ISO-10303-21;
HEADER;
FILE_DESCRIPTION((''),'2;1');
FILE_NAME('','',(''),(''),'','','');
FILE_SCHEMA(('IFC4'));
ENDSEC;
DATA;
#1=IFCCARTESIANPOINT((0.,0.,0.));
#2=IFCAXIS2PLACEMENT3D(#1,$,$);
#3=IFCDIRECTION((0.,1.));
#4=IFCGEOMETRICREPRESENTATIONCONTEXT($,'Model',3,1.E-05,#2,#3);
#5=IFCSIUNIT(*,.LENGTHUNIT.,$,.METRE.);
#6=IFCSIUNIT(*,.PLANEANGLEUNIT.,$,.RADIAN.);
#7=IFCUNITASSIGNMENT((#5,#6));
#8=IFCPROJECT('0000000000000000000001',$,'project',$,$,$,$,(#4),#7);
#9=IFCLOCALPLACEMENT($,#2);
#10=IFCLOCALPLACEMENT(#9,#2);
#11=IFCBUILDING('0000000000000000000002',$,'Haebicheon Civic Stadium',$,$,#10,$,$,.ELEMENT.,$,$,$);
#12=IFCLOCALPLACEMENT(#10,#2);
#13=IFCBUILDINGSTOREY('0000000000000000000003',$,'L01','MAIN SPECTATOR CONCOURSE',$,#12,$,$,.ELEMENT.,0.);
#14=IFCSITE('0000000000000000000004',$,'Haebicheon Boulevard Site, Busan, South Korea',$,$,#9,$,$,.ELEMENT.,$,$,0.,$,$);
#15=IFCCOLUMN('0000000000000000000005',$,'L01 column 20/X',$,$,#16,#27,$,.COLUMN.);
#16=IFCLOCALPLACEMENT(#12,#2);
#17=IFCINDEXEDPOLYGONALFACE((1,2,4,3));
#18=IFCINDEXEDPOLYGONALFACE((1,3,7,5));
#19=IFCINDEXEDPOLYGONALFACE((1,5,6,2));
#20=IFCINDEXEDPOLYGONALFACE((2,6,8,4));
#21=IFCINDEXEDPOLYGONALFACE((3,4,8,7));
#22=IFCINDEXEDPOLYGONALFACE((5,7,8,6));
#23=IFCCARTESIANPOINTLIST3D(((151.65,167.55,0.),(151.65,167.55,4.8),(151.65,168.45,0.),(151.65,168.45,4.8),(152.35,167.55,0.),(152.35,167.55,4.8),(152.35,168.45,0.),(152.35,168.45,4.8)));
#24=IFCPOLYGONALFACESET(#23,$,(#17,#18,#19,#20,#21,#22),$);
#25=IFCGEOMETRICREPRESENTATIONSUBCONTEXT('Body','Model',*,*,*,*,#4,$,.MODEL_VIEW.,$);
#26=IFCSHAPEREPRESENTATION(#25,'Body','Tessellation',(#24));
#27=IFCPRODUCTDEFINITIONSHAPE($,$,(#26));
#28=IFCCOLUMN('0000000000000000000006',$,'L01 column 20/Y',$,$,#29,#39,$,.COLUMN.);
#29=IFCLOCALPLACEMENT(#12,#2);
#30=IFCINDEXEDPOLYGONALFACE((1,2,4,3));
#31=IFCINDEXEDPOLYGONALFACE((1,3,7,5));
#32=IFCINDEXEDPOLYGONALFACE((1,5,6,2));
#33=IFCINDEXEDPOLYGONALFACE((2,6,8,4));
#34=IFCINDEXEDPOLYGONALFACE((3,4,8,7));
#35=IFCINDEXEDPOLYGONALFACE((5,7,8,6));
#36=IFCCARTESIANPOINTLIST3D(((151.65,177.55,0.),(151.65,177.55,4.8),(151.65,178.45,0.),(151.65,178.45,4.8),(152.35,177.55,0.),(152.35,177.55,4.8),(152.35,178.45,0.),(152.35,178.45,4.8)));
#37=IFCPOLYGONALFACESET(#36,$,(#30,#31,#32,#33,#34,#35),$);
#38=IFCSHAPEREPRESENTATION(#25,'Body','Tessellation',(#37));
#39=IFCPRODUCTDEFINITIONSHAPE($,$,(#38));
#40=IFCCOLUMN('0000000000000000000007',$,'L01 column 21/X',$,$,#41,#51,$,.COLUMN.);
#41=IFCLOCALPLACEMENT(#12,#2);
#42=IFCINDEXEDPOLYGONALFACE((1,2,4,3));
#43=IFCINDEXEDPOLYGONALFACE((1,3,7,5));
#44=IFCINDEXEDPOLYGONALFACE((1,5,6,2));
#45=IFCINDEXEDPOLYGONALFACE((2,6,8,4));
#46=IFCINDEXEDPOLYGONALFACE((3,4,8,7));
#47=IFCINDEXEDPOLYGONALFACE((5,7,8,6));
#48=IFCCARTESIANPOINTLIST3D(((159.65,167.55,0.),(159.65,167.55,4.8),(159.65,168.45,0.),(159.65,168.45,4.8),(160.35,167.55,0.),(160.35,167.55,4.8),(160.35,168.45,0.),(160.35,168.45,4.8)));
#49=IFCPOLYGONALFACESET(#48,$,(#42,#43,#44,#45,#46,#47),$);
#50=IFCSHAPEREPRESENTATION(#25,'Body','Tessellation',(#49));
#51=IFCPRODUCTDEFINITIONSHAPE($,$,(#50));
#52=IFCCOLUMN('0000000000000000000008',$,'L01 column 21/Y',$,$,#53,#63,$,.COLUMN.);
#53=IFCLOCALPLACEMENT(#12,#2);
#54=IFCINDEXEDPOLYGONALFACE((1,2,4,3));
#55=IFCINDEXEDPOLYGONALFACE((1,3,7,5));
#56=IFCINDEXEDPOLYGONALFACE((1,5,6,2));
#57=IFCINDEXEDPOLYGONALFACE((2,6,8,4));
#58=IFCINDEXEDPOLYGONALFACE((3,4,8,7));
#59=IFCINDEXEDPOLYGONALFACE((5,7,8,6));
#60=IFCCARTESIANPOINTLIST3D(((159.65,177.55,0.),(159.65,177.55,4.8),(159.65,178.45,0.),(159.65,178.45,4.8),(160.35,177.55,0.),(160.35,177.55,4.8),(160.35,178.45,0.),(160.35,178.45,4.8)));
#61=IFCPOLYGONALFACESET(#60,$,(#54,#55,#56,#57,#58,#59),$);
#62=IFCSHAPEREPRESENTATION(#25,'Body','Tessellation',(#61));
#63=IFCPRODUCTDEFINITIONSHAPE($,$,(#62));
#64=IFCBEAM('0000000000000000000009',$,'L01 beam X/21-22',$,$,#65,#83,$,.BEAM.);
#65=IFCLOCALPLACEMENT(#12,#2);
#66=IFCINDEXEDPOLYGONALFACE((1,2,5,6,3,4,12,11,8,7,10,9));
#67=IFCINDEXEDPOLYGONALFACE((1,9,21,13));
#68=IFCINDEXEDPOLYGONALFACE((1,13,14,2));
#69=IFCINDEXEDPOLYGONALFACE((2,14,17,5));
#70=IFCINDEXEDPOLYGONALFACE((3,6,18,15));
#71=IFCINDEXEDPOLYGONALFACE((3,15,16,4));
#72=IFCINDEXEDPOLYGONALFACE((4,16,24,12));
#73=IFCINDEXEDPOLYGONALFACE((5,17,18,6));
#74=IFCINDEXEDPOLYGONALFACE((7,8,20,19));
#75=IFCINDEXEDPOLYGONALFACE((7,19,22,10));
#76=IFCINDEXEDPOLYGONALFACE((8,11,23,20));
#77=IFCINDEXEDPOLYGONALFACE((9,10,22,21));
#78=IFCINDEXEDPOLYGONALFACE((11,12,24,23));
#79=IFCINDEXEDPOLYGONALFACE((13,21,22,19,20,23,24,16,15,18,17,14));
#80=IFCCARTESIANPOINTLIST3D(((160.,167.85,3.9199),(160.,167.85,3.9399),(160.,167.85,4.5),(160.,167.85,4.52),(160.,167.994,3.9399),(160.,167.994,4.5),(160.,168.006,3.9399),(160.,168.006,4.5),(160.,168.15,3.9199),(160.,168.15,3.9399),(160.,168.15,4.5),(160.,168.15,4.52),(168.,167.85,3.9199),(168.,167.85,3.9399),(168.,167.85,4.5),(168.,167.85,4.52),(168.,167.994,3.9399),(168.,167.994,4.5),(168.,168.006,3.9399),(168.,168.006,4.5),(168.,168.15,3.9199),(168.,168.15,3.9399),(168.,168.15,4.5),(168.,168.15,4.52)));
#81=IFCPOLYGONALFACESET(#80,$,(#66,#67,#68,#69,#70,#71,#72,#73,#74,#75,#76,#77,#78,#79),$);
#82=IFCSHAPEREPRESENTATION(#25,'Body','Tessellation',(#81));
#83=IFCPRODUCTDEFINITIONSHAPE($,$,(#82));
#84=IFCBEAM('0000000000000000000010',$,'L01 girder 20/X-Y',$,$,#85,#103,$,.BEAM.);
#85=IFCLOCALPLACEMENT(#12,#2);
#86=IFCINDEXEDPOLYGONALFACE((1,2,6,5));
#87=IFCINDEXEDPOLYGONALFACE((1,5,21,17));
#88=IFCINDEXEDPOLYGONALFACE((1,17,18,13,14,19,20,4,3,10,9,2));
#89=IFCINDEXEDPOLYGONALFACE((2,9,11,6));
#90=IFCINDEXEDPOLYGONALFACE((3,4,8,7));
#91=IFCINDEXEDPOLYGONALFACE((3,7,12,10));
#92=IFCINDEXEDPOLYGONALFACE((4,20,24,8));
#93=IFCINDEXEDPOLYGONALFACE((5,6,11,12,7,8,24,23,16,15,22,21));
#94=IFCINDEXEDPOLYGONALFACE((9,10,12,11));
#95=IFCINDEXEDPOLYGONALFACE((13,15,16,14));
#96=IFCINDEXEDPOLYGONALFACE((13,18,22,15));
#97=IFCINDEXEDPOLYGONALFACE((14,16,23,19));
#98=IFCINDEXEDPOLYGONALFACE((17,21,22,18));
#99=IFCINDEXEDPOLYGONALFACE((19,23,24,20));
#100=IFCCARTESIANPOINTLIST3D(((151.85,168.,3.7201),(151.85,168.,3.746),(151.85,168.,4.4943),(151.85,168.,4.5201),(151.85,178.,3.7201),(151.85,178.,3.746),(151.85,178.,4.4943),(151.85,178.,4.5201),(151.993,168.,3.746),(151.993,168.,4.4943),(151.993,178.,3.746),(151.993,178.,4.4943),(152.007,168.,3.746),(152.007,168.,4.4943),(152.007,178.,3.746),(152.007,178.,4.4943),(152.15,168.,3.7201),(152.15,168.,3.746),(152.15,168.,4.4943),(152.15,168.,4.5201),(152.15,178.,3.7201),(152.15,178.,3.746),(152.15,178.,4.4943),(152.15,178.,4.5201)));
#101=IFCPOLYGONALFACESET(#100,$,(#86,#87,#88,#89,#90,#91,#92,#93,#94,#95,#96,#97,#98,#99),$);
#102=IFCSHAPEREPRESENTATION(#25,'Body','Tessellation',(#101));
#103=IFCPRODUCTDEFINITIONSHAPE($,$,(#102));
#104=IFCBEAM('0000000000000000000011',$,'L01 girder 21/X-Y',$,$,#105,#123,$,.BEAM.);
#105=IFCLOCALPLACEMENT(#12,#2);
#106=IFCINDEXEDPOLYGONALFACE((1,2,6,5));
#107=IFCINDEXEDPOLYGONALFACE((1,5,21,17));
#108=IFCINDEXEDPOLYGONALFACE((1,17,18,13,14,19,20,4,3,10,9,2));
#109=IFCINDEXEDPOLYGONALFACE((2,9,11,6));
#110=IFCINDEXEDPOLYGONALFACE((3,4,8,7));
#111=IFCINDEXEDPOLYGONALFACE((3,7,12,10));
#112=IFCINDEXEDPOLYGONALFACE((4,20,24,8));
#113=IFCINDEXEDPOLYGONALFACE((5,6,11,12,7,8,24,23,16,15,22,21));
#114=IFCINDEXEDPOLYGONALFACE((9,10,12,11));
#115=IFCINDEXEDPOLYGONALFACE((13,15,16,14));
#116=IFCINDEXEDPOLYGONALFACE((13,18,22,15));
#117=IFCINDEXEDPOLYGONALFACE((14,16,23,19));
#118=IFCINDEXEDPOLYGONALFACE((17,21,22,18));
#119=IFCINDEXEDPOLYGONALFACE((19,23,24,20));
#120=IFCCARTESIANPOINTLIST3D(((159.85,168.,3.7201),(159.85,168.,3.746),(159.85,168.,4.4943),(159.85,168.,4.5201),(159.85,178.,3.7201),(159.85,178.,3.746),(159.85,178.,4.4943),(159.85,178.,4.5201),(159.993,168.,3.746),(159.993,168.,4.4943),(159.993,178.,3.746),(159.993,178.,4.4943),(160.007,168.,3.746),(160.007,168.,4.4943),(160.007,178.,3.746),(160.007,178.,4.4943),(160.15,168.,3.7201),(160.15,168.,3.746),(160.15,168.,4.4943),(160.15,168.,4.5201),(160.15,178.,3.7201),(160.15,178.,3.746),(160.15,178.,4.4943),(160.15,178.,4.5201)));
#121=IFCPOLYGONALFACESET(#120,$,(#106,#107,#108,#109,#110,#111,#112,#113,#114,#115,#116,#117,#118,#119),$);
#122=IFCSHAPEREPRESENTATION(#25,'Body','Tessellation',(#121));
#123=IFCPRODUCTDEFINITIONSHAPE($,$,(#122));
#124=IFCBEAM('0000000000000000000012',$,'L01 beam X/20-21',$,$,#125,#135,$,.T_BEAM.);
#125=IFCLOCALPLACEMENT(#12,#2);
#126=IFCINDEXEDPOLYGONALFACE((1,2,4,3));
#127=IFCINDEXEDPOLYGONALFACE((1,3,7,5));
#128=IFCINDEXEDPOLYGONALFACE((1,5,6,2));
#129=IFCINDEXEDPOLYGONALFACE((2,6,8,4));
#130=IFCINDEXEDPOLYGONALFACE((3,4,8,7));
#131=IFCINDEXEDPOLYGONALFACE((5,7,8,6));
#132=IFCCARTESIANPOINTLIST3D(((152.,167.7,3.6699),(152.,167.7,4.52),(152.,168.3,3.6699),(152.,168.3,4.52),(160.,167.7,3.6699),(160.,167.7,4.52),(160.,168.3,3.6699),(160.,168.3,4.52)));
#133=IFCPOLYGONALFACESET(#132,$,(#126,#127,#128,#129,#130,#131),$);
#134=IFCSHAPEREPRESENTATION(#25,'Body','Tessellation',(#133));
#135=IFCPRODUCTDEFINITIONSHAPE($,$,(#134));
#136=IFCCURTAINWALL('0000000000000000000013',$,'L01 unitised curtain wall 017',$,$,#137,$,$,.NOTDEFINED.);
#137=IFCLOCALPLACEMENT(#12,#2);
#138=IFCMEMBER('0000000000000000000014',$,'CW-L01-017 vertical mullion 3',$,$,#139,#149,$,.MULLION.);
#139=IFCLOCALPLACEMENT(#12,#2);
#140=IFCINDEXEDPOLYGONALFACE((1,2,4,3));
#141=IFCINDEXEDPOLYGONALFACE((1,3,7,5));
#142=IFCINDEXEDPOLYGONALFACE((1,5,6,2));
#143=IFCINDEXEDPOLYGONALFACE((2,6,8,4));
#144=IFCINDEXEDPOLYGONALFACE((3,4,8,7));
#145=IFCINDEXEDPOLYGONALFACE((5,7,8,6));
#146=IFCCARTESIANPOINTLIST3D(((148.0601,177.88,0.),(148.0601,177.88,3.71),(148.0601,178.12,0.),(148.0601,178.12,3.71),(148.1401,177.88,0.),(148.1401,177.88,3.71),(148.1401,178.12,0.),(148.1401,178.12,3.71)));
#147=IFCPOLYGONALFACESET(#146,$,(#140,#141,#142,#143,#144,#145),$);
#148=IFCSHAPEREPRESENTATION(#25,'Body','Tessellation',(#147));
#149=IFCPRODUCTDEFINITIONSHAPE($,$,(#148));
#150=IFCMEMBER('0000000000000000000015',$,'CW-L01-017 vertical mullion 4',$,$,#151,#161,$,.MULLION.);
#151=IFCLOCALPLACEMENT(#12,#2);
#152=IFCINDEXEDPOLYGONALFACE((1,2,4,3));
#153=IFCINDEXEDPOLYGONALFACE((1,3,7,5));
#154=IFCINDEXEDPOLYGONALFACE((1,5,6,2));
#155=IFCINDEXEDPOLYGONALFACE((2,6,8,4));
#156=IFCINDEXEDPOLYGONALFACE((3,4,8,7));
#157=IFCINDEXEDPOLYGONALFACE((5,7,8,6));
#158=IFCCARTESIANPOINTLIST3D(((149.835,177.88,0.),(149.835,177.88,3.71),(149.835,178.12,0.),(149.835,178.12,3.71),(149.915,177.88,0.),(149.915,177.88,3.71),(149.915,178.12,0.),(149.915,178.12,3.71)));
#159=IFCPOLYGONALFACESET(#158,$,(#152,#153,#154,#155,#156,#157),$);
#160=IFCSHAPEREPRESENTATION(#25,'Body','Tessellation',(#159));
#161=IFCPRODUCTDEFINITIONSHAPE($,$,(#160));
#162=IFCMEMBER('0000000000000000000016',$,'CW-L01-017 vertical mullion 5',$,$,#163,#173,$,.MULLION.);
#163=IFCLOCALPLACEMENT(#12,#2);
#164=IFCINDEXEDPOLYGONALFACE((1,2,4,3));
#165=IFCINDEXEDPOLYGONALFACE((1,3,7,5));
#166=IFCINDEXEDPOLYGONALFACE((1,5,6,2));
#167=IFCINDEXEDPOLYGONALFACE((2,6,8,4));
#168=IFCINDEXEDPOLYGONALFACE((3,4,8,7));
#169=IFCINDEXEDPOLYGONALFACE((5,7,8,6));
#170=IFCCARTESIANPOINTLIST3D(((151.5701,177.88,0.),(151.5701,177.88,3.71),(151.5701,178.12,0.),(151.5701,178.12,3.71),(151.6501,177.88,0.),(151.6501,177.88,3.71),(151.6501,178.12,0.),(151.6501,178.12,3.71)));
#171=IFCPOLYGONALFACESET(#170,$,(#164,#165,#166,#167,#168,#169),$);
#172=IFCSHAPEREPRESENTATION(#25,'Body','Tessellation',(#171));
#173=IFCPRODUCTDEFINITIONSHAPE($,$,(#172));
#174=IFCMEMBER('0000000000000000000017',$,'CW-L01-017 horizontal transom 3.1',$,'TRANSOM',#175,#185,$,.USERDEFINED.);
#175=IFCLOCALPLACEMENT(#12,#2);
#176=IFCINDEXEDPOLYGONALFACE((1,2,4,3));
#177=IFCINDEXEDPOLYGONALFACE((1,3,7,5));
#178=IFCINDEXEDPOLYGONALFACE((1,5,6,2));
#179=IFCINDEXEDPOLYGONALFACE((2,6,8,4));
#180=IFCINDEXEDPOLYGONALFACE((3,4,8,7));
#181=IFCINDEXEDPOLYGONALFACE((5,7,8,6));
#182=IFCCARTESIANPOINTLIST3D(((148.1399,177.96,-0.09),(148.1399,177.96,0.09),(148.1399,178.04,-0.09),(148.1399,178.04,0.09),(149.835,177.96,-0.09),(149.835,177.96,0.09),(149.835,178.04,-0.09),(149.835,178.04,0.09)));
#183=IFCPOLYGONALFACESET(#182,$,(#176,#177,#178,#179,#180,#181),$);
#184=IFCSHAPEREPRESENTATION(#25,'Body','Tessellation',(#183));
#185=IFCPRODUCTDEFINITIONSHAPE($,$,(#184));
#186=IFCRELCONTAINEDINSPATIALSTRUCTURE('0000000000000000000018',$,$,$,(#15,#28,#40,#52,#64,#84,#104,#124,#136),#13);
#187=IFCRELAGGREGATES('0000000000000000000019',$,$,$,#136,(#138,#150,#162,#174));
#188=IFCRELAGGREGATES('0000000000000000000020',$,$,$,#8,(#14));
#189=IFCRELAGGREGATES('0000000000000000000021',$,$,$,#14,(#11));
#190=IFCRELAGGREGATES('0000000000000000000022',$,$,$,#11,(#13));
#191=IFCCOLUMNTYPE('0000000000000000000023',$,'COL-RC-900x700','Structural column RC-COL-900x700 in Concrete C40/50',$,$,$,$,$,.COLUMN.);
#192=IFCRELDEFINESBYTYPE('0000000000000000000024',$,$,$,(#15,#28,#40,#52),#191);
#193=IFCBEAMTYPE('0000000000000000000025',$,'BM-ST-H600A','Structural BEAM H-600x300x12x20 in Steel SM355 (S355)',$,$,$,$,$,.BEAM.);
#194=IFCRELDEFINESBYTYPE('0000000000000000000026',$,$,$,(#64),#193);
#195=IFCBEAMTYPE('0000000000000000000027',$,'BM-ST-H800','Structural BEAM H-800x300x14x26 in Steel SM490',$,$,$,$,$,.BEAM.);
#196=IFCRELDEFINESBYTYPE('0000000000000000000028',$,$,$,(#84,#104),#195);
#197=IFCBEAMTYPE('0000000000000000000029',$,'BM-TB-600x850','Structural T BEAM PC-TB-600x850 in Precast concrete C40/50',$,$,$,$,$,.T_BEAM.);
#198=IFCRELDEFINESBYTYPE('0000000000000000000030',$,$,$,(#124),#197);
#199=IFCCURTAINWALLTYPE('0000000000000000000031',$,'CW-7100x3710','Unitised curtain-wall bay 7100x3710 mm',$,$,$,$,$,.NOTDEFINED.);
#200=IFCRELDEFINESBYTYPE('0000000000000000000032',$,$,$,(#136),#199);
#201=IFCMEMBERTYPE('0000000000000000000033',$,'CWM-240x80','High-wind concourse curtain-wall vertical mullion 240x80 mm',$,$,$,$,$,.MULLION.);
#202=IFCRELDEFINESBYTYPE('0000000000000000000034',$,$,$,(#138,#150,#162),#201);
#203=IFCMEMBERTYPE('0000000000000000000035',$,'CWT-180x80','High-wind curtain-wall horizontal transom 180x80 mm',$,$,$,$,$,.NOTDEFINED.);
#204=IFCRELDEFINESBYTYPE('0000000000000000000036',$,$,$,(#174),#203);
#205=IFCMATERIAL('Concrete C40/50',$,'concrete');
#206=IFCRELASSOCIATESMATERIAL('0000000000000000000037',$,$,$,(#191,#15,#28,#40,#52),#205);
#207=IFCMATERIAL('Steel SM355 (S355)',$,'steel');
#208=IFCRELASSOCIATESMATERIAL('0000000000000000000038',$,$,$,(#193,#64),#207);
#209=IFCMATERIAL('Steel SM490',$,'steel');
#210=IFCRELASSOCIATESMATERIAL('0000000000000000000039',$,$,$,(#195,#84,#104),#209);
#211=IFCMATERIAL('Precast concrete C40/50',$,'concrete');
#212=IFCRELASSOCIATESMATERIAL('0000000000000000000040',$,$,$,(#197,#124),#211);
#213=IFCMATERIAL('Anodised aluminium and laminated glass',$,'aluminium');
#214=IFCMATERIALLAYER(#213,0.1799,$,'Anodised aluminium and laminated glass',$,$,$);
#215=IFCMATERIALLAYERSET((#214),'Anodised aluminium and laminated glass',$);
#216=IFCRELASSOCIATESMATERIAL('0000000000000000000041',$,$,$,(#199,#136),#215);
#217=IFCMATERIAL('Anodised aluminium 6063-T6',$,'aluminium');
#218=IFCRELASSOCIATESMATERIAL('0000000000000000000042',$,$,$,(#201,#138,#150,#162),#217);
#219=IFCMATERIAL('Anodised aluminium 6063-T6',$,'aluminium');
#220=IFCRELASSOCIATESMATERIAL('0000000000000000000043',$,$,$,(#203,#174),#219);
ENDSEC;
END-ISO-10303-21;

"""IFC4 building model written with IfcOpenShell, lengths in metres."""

from ifc_helpers import new_model, si_unit, direction, frame, origin, origin_2d, place, context, subcontext, project, spatial, rectangle, i_section, extrude, material, layer, layer_set, material_profile, profile_set, type_object, element, aggregate, save


model = new_model("IFC4")

# Units and contexts
model_context = context("Model", 3, precision=1e-05, world=origin(), true_north=direction((0.0, 1.0)))
body_context = subcontext(model_context, "Body", "Model", "MODEL_VIEW")
ifc_project = project(units=[si_unit("LENGTHUNIT", "METRE"), si_unit("PLANEANGLEUNIT", "RADIAN")], contexts=[model_context])

# Site, building, storey
site_placement = place(None, origin())
site = spatial("IfcSite", under=ifc_project, at=site_placement, Name="Haebicheon Boulevard Site, Busan, South Korea", CompositionType="ELEMENT", RefElevation=0.0)
building_placement = place(site_placement, origin())
building = spatial("IfcBuilding", under=site, at=building_placement, Name="Haebicheon Civic Stadium", CompositionType="ELEMENT")
storey_placement = place(building_placement, origin())
storey = spatial("IfcBuildingStorey", under=building, at=storey_placement, Name="L01", Description="MAIN SPECTATOR CONCOURSE", CompositionType="ELEMENT", Elevation=0.0)

# Columns
ifc_material_1 = material(Name="Concrete C40/50", Category="concrete")
ifc_material_profile_1 = material_profile(ifc_material_1, rectangle(XDim=0.7, YDim=0.8999, at=origin_2d()), Name="RC-COL-900x700")
ifc_profile_set_1 = profile_set([ifc_material_profile_1], Name="Concrete C40/50")
column_type = type_object("IfcColumnType", Name="COL-RC-900x700", Description="Structural column RC-COL-900x700 in Concrete C40/50", PredefinedType="COLUMN", material=ifc_profile_set_1)
for number, where, z_axis, x_axis, name in (
    (1, (152.0, 168.0, 0.0), (0.0, 0.0, 1.0), (1.0, 0.0, 0.0), "L01 column 20/X"),
    (2, (152.0, 178.0, 0.0), (0.0, 0.0, 1.0), (1.0, 0.0, 0.0), "L01 column 20/Y"),
    (3, (160.0, 168.0, 0.0), (0.0, 0.0, 1.0), (1.0, 0.0, 0.0), "L01 column 21/X"),
    (4, (160.0, 178.0, 0.0), (0.0, 0.0, 1.0), (1.0, 0.0, 0.0), "L01 column 21/Y"),
):
    element("IfcColumn", number, at=place(storey_placement, frame(where, z_axis=z_axis, x_axis=x_axis)), inside=storey, type_object=column_type, material=ifc_profile_set_1, Name=name, PredefinedType="COLUMN", context=body_context, shape_type="SweptSolid", body=[
        extrude(rectangle(XDim=0.7, YDim=0.8999, at=origin_2d()), origin(), (0.0, 0.0, 1.0), 4.8),
    ])

# Beams
ifc_material_2 = material(Name="Steel SM355 (S355)", Category="steel")
ifc_material_profile_2 = material_profile(ifc_material_2, i_section(OverallWidth=0.3, OverallDepth=0.6001, WebThickness=0.012, FlangeThickness=0.02, at=origin_2d()), Name="H-600x300x12x20")
ifc_profile_set_2 = profile_set([ifc_material_profile_2], Name="Steel SM355 (S355)")
beam_type_1 = type_object("IfcBeamType", Name="BM-ST-H600A", Description="Structural BEAM H-600x300x12x20 in Steel SM355 (S355)", PredefinedType="BEAM", material=ifc_profile_set_2)
beam_1_placement = place(storey_placement, frame((160.0, 168.0, 4.22), z_axis=(1.0, 0.0, 0.0), x_axis=(0.0, 1.0, 0.0)))
element("IfcBeam", 5, at=beam_1_placement, inside=storey, type_object=beam_type_1, material=ifc_profile_set_2, Name="L01 beam X/21-22", PredefinedType="BEAM", context=body_context, shape_type="SweptSolid", body=[
    extrude(i_section(OverallWidth=0.3, OverallDepth=0.6001, WebThickness=0.012, FlangeThickness=0.02, at=origin_2d()), origin(), (0.0, 0.0, 1.0), 8.0),
])
ifc_material_3 = material(Name="Steel SM490", Category="steel")
ifc_material_profile_3 = material_profile(ifc_material_3, i_section(OverallWidth=0.3, OverallDepth=0.8, WebThickness=0.0139, FlangeThickness=0.0259, at=origin_2d()), Name="H-800x300x14x26")
ifc_profile_set_3 = profile_set([ifc_material_profile_3], Name="Steel SM490")
beam_type_2 = type_object("IfcBeamType", Name="BM-ST-H800", Description="Structural BEAM H-800x300x14x26 in Steel SM490", PredefinedType="BEAM", material=ifc_profile_set_3)
for number, where, z_axis, x_axis, name in (
    (6, (152.0, 168.0, 4.1201), (0.0, 1.0, 0.0), (-1.0, 0.0, 0.0), "L01 girder 20/X-Y"),
    (7, (160.0, 168.0, 4.1201), (0.0, 1.0, 0.0), (-1.0, 0.0, 0.0), "L01 girder 21/X-Y"),
):
    element("IfcBeam", number, at=place(storey_placement, frame(where, z_axis=z_axis, x_axis=x_axis)), inside=storey, type_object=beam_type_2, material=ifc_profile_set_3, Name=name, PredefinedType="BEAM", context=body_context, shape_type="SweptSolid", body=[
        extrude(i_section(OverallWidth=0.3, OverallDepth=0.8, WebThickness=0.0139, FlangeThickness=0.0259, at=origin_2d()), origin(), (0.0, 0.0, 1.0), 10.0),
    ])
ifc_material_4 = material(Name="Precast concrete C40/50", Category="concrete")
ifc_material_profile_4 = material_profile(ifc_material_4, rectangle(XDim=0.6001, YDim=0.8501, at=origin_2d()), Name="PC-TB-600x850")
ifc_profile_set_4 = profile_set([ifc_material_profile_4], Name="Precast concrete C40/50")
beam_type_3 = type_object("IfcBeamType", Name="BM-TB-600x850", Description="Structural T BEAM PC-TB-600x850 in Precast concrete C40/50", PredefinedType="T_BEAM", material=ifc_profile_set_4)
beam_2_placement = place(storey_placement, frame((152.0, 168.0, 4.095), z_axis=(1.0, 0.0, 0.0), x_axis=(0.0, 1.0, 0.0)))
element("IfcBeam", 8, at=beam_2_placement, inside=storey, type_object=beam_type_3, material=ifc_profile_set_4, Name="L01 beam X/20-21", PredefinedType="T_BEAM", context=body_context, shape_type="SweptSolid", body=[
    extrude(rectangle(XDim=0.6001, YDim=0.8501, at=origin_2d()), origin(), (0.0, 0.0, 1.0), 8.0),
])

# Curtain wall, members
ifc_material_5 = material(Name="Anodised aluminium and laminated glass", Category="aluminium")
ifc_layer_1 = layer(ifc_material_5, 0.1799, Name="Anodised aluminium and laminated glass")
ifc_layer_set_1 = layer_set([ifc_layer_1], Name="Anodised aluminium and laminated glass")
curtain_wall_type = type_object("IfcCurtainWallType", Name="CW-7100x3710", Description="Unitised curtain-wall bay 7100x3710 mm", PredefinedType="NOTDEFINED", material=ifc_layer_set_1)
curtain_wall_placement = place(storey_placement, origin())
curtain_wall = element("IfcCurtainWall", 9, at=curtain_wall_placement, inside=storey, type_object=curtain_wall_type, material=ifc_layer_set_1, Name="L01 unitised curtain wall 017", PredefinedType="NOTDEFINED")
ifc_material_6 = material(Name="Anodised aluminium 6063-T6", Category="aluminium")
ifc_material_profile_5 = material_profile(ifc_material_6, rectangle(XDim=0.0801, YDim=0.24, at=origin_2d()), Name="ALU-MULL-80x240")
ifc_profile_set_5 = profile_set([ifc_material_profile_5], Name="Anodised aluminium 6063-T6")
member_type_1 = type_object("IfcMemberType", Name="CWM-240x80", Description="High-wind concourse curtain-wall vertical mullion 240x80 mm", PredefinedType="MULLION", material=ifc_profile_set_5)
member_1_placement = place(storey_placement, frame((148.1001, 178.0, 0.0), z_axis=(0.0, 0.0, 1.0), x_axis=(1.0, 0.0, 0.0)))
member_1 = element("IfcMember", 10, at=member_1_placement, type_object=member_type_1, material=ifc_profile_set_5, Name="CW-L01-017 vertical mullion 3", PredefinedType="MULLION", context=body_context, shape_type="SweptSolid", body=[
    extrude(rectangle(XDim=0.0801, YDim=0.24, at=origin_2d()), origin(), (0.0, 0.0, 1.0), 3.71),
])
member_2_placement = place(storey_placement, frame((149.875, 178.0, 0.0), z_axis=(0.0, 0.0, 1.0), x_axis=(1.0, 0.0, 0.0)))
member_2 = element("IfcMember", 11, at=member_2_placement, type_object=member_type_1, material=ifc_profile_set_5, Name="CW-L01-017 vertical mullion 4", PredefinedType="MULLION", context=body_context, shape_type="SweptSolid", body=[
    extrude(rectangle(XDim=0.0801, YDim=0.24, at=origin_2d()), origin(), (0.0, 0.0, 1.0), 3.71),
])
member_3_placement = place(storey_placement, frame((151.6101, 178.0, 0.0), z_axis=(0.0, 0.0, 1.0), x_axis=(1.0, 0.0, 0.0)))
member_3 = element("IfcMember", 12, at=member_3_placement, type_object=member_type_1, material=ifc_profile_set_5, Name="CW-L01-017 vertical mullion 5", PredefinedType="MULLION", context=body_context, shape_type="SweptSolid", body=[
    extrude(rectangle(XDim=0.0801, YDim=0.24, at=origin_2d()), origin(), (0.0, 0.0, 1.0), 3.71),
])
ifc_material_7 = material(Name="Anodised aluminium 6063-T6", Category="aluminium")
ifc_material_profile_6 = material_profile(ifc_material_7, rectangle(XDim=0.0801, YDim=0.1799, at=origin_2d()), Name="ALU-TRAN-80x180")
ifc_profile_set_6 = profile_set([ifc_material_profile_6], Name="Anodised aluminium 6063-T6")
member_type_2 = type_object("IfcMemberType", Name="CWT-180x80", Description="High-wind curtain-wall horizontal transom 180x80 mm", PredefinedType="NOTDEFINED", material=ifc_profile_set_6)
member_4_placement = place(storey_placement, frame((148.1399, 178.0, 0.0), z_axis=(1.0, 0.0, 0.0), x_axis=(0.0, 1.0, 0.0)))
member_4 = element("IfcMember", 13, at=member_4_placement, type_object=member_type_2, material=ifc_profile_set_6, Name="CW-L01-017 horizontal transom 3.1", ObjectType="TRANSOM", PredefinedType="USERDEFINED", context=body_context, shape_type="SweptSolid", body=[
    extrude(rectangle(XDim=0.0801, YDim=0.1799, at=origin_2d()), origin(), (0.0, 0.0, 1.0), 1.6951),
])

aggregate(curtain_wall, [member_1, member_2, member_3, member_4])

save(model, "model.ifc")
